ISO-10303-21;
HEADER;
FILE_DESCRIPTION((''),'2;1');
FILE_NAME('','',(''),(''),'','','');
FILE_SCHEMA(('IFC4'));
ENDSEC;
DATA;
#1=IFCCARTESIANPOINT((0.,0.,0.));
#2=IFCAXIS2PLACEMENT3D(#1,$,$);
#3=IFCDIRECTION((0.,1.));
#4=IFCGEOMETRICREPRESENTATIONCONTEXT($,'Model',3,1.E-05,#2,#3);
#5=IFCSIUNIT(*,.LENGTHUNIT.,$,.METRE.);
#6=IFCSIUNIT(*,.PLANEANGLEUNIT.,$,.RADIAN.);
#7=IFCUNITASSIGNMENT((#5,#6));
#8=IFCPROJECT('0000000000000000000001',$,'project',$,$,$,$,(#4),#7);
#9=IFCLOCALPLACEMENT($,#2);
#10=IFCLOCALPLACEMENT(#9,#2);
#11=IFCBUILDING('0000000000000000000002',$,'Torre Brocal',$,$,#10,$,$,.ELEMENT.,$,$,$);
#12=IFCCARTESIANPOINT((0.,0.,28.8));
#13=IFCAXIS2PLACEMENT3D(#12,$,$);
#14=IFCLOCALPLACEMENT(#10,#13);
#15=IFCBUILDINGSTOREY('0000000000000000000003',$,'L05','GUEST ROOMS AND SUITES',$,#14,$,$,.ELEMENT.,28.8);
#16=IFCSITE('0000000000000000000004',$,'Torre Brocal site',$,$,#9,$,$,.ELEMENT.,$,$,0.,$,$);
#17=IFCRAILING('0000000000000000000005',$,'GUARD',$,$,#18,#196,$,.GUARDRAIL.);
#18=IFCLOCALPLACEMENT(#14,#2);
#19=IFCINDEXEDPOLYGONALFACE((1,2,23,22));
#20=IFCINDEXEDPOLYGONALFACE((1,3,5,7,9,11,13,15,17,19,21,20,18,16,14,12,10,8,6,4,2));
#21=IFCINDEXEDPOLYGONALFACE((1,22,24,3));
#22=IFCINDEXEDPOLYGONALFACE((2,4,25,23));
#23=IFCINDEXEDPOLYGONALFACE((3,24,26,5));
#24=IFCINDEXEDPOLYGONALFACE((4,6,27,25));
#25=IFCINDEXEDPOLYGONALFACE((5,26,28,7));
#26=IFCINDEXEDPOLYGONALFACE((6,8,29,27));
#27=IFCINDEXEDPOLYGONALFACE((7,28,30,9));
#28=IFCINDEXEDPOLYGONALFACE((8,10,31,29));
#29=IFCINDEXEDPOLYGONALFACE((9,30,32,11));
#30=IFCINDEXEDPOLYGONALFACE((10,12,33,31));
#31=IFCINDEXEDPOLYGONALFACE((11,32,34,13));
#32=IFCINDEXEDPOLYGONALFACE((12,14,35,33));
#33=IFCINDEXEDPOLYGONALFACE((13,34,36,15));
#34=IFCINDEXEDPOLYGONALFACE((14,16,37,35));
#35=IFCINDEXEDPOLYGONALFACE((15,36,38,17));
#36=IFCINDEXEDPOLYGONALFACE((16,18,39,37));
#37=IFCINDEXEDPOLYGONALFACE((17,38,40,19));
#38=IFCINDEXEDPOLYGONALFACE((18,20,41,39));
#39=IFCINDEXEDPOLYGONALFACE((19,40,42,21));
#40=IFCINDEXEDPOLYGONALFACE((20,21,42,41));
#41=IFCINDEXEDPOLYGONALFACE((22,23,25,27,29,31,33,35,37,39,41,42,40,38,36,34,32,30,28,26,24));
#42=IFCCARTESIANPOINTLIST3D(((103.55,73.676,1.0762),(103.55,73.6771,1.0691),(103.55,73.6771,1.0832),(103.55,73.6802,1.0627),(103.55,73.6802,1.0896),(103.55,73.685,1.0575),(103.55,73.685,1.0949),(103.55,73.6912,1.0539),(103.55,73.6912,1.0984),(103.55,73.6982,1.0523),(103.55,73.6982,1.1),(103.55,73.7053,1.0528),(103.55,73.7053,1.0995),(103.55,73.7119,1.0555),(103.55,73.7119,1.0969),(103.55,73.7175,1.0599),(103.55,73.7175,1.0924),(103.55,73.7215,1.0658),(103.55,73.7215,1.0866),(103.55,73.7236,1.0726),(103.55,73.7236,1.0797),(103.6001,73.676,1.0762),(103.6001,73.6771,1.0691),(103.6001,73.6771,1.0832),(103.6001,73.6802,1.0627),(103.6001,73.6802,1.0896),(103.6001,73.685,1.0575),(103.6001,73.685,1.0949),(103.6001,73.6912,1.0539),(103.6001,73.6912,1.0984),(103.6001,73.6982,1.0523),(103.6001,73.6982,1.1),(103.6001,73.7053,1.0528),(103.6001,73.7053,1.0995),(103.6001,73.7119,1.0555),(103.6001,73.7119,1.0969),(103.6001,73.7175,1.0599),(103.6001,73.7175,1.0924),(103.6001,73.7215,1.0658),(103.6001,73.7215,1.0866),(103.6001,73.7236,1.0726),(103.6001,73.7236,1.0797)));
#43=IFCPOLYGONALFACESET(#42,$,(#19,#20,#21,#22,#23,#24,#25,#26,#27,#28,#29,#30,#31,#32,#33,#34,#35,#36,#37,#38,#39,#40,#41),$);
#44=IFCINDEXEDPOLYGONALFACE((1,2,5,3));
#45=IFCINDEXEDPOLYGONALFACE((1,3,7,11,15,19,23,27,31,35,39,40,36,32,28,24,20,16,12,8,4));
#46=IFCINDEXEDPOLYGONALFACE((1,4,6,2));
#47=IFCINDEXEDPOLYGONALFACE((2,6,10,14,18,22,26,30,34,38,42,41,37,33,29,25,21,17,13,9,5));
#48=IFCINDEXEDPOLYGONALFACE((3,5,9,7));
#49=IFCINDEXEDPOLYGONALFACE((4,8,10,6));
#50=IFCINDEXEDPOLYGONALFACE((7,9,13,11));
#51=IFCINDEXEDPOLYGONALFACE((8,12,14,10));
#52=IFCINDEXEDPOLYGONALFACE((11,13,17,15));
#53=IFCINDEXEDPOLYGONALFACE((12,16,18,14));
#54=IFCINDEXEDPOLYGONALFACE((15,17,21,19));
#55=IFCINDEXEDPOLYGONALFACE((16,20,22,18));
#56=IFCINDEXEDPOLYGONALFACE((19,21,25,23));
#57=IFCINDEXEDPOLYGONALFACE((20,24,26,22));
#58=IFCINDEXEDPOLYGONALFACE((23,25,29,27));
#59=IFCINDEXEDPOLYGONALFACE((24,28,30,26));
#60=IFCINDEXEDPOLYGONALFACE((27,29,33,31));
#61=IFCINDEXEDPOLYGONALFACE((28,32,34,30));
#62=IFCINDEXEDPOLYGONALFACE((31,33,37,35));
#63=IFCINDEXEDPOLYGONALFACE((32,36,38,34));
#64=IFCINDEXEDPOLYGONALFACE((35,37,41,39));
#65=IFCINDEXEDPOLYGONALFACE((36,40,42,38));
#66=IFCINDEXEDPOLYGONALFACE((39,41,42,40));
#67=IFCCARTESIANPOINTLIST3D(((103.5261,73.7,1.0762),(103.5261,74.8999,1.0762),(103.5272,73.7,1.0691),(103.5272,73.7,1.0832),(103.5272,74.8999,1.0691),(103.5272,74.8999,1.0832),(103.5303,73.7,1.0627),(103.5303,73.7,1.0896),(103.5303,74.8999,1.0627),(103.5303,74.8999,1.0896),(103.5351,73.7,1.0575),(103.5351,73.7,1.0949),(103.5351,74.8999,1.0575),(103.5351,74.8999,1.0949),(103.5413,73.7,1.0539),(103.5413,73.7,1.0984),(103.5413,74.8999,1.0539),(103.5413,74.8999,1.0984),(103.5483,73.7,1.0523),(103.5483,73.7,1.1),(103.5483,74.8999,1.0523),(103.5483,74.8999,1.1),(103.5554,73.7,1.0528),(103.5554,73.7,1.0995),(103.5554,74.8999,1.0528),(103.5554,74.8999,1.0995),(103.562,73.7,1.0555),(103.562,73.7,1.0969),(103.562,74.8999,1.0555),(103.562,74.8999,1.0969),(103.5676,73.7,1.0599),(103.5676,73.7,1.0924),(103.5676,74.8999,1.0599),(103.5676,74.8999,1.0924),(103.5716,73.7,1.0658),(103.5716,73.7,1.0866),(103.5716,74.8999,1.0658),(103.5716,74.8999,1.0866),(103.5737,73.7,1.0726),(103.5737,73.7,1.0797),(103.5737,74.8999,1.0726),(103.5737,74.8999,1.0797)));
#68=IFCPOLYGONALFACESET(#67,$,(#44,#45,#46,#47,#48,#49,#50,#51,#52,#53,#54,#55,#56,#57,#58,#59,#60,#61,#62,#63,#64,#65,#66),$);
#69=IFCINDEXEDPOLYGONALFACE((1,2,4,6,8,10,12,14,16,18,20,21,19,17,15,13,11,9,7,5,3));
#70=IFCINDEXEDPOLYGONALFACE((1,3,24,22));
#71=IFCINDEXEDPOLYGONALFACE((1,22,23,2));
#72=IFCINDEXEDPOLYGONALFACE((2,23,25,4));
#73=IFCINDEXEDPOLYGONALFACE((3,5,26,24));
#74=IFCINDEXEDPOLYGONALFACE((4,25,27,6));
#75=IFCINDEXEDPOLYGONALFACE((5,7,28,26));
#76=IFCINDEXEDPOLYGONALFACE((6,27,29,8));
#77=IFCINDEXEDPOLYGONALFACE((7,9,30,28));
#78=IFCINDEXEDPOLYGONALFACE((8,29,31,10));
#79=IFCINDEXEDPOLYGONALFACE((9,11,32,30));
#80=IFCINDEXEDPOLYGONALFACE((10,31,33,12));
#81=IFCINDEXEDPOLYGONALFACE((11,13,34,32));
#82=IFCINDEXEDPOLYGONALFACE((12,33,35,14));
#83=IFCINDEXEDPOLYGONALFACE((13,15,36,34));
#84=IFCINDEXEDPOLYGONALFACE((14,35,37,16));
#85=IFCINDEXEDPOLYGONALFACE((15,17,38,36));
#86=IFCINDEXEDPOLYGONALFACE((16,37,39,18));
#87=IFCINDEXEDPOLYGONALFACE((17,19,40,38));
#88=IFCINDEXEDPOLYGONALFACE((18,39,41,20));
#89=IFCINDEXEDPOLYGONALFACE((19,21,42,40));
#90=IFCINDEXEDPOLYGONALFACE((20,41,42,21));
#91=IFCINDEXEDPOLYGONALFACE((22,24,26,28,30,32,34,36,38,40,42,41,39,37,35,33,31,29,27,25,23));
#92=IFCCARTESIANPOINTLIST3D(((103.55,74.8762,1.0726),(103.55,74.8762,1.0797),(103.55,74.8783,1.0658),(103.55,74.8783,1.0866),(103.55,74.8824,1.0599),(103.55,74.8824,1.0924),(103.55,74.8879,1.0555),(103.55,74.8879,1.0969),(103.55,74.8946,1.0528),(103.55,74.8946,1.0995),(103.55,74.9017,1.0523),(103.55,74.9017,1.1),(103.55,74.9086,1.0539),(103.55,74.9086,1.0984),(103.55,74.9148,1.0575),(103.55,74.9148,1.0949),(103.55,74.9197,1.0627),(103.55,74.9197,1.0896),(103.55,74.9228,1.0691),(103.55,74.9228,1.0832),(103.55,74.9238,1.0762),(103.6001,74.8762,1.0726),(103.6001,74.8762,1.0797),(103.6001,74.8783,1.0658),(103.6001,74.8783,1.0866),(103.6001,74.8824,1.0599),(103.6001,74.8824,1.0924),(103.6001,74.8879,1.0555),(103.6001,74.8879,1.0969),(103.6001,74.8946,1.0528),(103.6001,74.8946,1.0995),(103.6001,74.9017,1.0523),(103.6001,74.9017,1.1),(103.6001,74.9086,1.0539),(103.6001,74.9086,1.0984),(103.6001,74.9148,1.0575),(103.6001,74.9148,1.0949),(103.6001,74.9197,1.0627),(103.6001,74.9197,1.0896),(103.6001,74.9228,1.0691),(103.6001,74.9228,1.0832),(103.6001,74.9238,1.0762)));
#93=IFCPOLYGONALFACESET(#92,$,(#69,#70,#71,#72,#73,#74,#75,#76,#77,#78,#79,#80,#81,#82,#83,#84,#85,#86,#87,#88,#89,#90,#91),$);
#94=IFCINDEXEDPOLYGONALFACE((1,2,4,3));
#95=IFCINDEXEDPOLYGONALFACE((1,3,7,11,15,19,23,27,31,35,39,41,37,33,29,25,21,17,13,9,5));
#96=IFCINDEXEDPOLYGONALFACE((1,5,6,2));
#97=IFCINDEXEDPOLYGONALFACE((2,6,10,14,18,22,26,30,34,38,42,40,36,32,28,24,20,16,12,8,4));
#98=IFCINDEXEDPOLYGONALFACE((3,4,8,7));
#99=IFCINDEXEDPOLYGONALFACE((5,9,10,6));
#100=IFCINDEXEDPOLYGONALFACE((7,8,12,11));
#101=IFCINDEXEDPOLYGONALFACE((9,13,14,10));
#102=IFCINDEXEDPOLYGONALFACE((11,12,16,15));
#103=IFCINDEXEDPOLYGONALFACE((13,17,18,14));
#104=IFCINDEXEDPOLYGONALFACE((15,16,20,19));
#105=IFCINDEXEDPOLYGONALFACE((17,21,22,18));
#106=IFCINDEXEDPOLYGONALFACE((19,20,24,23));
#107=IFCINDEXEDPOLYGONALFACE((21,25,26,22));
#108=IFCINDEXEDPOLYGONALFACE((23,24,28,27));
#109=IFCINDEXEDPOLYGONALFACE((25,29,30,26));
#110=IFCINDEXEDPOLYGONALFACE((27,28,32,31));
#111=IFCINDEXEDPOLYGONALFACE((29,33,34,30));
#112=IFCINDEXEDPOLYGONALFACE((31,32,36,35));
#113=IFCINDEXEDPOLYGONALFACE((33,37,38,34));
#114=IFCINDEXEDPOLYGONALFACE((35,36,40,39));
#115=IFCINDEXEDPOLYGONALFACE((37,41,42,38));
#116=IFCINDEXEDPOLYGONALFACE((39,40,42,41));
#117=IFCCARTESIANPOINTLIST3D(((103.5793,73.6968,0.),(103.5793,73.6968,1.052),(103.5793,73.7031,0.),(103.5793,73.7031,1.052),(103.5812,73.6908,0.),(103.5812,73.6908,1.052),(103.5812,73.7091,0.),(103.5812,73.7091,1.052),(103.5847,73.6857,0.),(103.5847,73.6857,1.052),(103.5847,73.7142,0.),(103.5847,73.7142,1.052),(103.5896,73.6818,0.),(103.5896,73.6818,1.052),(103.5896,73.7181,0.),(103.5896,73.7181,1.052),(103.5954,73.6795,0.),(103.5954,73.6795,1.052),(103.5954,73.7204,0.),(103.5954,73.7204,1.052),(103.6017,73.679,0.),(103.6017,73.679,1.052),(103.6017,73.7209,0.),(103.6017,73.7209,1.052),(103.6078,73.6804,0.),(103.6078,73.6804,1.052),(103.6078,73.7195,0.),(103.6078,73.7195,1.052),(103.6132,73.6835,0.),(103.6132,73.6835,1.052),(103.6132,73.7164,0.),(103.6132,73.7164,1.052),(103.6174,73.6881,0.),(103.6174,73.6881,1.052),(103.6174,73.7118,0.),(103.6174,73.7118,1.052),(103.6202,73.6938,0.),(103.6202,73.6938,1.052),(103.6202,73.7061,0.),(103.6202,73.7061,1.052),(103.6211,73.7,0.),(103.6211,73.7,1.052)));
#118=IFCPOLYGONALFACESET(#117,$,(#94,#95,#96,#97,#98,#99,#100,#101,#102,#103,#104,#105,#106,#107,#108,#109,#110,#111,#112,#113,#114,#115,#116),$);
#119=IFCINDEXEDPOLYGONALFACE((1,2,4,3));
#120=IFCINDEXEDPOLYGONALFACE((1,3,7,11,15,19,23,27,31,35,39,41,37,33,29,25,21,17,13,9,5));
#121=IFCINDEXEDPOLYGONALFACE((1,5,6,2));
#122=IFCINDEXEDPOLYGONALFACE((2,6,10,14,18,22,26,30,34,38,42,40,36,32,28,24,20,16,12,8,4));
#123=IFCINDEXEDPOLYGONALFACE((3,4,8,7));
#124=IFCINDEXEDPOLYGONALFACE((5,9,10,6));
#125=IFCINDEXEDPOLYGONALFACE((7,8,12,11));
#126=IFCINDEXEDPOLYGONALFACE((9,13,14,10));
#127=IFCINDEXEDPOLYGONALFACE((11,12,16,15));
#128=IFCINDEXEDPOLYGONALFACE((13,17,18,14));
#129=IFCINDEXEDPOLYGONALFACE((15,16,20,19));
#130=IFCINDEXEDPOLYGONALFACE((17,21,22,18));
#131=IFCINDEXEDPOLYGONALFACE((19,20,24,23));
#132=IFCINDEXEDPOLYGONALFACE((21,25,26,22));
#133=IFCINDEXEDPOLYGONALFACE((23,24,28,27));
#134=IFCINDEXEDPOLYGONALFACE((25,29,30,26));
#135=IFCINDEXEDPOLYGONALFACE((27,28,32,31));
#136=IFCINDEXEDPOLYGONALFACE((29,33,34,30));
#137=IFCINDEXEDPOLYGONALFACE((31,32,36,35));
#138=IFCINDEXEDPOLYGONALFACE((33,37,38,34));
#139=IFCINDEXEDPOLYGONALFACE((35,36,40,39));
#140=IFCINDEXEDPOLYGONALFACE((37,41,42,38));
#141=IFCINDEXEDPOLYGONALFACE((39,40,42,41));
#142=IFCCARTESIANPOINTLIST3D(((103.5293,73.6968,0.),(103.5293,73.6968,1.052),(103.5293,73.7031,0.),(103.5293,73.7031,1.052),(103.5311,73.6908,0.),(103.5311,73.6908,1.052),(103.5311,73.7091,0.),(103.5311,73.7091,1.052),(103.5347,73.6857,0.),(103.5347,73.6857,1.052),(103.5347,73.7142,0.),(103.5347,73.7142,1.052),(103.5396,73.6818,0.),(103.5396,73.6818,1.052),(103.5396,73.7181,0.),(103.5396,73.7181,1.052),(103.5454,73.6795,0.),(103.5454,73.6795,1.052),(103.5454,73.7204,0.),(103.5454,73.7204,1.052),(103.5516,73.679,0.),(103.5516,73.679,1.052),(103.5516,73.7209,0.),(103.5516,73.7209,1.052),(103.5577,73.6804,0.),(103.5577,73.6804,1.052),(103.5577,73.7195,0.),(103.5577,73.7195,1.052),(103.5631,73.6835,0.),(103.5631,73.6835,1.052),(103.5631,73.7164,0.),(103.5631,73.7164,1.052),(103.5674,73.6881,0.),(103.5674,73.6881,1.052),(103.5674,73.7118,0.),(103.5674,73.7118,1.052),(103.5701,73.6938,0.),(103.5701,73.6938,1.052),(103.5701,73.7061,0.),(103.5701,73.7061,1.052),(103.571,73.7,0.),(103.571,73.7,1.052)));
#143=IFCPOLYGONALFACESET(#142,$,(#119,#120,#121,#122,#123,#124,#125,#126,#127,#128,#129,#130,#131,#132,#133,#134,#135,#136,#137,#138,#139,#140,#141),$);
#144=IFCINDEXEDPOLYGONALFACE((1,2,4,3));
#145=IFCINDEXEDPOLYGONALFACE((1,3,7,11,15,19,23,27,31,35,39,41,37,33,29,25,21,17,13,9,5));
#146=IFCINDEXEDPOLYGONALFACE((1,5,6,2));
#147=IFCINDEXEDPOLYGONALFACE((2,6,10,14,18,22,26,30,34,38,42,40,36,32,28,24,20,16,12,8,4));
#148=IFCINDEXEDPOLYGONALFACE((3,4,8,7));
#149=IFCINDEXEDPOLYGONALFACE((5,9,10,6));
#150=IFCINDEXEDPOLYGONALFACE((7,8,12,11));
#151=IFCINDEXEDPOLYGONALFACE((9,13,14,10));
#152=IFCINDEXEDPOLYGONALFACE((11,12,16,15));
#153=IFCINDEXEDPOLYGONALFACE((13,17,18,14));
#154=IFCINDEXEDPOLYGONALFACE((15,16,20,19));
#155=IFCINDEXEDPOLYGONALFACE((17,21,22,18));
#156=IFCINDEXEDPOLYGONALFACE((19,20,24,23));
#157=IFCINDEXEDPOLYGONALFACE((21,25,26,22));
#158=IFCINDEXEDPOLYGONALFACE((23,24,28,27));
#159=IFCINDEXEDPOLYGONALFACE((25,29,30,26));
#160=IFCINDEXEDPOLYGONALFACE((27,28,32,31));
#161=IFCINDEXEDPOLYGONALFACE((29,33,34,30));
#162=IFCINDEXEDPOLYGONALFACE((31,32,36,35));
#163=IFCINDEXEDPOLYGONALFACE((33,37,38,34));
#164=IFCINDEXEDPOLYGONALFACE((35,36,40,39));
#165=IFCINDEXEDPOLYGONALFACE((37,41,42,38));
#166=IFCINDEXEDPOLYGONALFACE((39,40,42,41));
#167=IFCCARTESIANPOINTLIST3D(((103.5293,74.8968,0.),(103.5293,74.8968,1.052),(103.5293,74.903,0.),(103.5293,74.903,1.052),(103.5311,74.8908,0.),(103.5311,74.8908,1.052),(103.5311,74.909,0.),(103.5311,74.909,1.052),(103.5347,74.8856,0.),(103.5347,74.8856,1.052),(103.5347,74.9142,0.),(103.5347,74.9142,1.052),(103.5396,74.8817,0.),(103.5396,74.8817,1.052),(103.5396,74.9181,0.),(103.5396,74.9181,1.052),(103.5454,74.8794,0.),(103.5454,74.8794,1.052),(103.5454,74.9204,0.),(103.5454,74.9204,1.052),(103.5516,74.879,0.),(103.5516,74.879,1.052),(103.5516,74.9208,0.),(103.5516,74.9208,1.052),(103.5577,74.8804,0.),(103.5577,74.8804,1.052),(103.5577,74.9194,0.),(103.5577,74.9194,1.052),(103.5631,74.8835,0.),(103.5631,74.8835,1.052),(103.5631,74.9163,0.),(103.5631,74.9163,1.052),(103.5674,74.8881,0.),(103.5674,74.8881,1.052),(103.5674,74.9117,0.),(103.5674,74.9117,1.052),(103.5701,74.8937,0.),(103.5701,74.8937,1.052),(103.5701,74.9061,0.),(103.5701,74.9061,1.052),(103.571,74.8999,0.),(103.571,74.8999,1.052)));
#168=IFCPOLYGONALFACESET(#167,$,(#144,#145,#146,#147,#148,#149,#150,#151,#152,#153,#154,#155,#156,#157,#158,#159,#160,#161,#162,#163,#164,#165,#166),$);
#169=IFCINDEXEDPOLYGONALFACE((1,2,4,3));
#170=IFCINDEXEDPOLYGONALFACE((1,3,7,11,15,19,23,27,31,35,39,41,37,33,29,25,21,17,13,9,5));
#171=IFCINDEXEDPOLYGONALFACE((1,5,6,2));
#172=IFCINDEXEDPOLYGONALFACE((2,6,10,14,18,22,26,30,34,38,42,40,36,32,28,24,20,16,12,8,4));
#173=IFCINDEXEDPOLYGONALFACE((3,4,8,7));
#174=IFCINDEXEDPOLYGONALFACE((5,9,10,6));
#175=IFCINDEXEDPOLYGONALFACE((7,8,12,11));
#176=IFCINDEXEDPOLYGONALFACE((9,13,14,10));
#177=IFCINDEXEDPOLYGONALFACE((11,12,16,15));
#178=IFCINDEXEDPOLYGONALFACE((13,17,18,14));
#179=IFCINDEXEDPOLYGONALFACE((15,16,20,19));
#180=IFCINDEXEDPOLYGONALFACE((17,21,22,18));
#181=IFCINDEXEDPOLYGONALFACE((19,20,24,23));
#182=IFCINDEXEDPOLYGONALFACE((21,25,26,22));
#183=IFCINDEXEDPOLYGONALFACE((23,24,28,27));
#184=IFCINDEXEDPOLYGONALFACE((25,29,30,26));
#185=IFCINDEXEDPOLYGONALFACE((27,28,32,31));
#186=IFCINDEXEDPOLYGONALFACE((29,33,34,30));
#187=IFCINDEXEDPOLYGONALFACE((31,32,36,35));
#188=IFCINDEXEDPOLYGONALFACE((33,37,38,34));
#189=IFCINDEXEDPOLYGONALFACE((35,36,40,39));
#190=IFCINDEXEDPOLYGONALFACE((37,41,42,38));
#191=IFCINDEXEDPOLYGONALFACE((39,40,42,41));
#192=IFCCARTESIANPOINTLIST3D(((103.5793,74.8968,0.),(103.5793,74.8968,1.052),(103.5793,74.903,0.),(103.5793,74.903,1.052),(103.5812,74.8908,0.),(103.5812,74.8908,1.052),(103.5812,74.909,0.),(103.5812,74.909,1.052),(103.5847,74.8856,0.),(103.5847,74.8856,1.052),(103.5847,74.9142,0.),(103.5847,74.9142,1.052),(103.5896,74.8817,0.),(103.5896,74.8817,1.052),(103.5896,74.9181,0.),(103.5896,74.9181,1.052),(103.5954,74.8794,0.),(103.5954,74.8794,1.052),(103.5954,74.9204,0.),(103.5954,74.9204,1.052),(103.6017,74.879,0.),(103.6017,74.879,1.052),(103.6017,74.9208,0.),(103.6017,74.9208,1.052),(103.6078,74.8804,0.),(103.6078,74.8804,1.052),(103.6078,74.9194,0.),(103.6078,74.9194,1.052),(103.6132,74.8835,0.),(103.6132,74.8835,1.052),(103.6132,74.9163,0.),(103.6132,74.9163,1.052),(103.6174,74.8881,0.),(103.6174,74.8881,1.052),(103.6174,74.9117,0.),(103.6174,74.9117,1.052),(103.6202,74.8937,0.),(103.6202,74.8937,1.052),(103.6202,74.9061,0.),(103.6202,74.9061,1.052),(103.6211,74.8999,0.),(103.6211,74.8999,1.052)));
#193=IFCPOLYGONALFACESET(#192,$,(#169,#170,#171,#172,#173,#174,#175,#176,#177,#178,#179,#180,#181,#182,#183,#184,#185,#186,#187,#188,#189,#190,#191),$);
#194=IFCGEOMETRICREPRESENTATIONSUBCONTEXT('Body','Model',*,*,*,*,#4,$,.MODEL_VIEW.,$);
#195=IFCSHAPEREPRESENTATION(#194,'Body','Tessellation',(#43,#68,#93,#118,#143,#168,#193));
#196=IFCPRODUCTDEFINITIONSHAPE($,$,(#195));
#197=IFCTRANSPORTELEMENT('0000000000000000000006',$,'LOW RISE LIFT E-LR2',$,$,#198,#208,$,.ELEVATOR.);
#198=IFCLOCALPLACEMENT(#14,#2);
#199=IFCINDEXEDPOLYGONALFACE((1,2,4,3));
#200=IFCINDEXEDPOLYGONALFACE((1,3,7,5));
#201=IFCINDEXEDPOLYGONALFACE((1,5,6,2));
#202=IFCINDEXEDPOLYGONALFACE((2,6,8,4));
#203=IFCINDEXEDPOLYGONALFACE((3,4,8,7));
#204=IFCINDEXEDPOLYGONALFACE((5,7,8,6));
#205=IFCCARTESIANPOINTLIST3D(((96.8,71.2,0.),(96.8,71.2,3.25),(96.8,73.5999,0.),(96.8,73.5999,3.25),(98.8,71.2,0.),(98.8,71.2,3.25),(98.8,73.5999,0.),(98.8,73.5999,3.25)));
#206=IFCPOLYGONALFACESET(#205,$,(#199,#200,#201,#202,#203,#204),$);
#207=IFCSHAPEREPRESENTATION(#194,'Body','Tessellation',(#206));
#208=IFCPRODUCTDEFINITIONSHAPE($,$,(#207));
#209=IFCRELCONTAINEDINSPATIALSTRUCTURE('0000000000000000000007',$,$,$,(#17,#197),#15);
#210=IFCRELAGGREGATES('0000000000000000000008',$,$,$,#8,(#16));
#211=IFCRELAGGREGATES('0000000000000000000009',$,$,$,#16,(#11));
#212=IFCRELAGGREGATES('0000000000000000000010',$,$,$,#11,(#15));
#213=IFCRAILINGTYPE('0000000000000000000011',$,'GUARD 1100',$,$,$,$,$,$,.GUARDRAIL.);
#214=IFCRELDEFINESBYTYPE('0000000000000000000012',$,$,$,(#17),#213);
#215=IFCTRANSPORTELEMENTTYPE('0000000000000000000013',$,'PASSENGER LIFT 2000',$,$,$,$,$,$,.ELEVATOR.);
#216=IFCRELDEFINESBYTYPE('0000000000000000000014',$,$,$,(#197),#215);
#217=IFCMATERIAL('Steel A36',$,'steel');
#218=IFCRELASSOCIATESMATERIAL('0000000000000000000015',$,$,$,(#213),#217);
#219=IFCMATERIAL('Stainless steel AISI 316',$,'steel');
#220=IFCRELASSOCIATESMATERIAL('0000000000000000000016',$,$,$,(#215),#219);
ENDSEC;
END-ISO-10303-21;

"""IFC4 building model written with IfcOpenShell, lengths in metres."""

from ifc_helpers import new_model, si_unit, direction, frame, origin, origin_2d, place, context, subcontext, project, spatial, rectangle, circle, extrude, material, type_object, element, save


model = new_model("IFC4")

# Units and contexts
model_context = context("Model", 3, precision=1e-05, world=origin(), true_north=direction((0.0, 1.0)))
body_context = subcontext(model_context, "Body", "Model", "MODEL_VIEW")
ifc_project = project(units=[si_unit("LENGTHUNIT", "METRE"), si_unit("PLANEANGLEUNIT", "RADIAN")], contexts=[model_context])

# Site, building, storey
site_placement = place(None, origin())
site = spatial("IfcSite", under=ifc_project, at=site_placement, Name="Torre Brocal site", CompositionType="ELEMENT", RefElevation=0.0)
building_placement = place(site_placement, origin())
building = spatial("IfcBuilding", under=site, at=building_placement, Name="Torre Brocal", CompositionType="ELEMENT")
storey_placement = place(building_placement, frame((0.0, 0.0, 28.8)))
storey = spatial("IfcBuildingStorey", under=building, at=storey_placement, Name="L05", Description="GUEST ROOMS AND SUITES", CompositionType="ELEMENT", Elevation=28.8)

# Railing
ifc_material_1 = material(Name="Steel A36", Category="steel")
railing_type = type_object("IfcRailingType", Name="GUARD 1100", PredefinedType="GUARDRAIL", material=ifc_material_1)
railing_placement = place(storey_placement, frame((103.6001, 73.7, 0.0)))
element("IfcRailing", 1, at=railing_placement, inside=storey, type_object=railing_type, Name="GUARD", PredefinedType="GUARDRAIL", context=body_context, shape_type="SweptSolid", body=[
    extrude(circle(Radius=0.0239, at=origin_2d()), frame((0.0, 0.0, 1.0762), z_axis=(-1.0, 0.0, 0.0), x_axis=(0.0, -1.0, 0.0)), (0.0, 0.0, 1.0), 0.05),
    extrude(circle(Radius=0.0239, at=origin_2d()), frame((-0.05, 0.0, 1.0762), z_axis=(0.0, 1.0, 0.0), x_axis=(-1.0, 0.0, 0.0)), (0.0, 0.0, 1.0), 1.2),
    extrude(circle(Radius=0.0239, at=origin_2d()), frame((-0.05, 1.2, 1.0762), z_axis=(1.0, 0.0, 0.0), x_axis=(0.0, 1.0, 0.0)), (0.0, 0.0, 1.0), 0.05),
    extrude(circle(Radius=0.021, at=origin_2d()), origin(), (0.0, 0.0, 1.0), 1.052),
    extrude(circle(Radius=0.021, at=origin_2d()), frame((-0.05, 0.0, 0.0)), (0.0, 0.0, 1.0), 1.052),
    extrude(circle(Radius=0.021, at=origin_2d()), frame((-0.05, 1.2, 0.0)), (0.0, 0.0, 1.0), 1.052),
    extrude(circle(Radius=0.021, at=origin_2d()), frame((0.0, 1.2, 0.0)), (0.0, 0.0, 1.0), 1.052),
])

# Transport element
ifc_material_2 = material(Name="Stainless steel AISI 316", Category="steel")
transport_element_type_1 = type_object("IfcTransportElementType", Name="PASSENGER LIFT 2000", PredefinedType="ELEVATOR", material=ifc_material_2)
transport_element_placement = place(storey_placement, frame((97.8, 72.3999, 0.0), z_axis=(0.0, 0.0, 1.0), x_axis=(1.0, 0.0, 0.0)))
element("IfcTransportElement", 2, at=transport_element_placement, inside=storey, type_object=transport_element_type_1, Name="LOW RISE LIFT E-LR2", PredefinedType="ELEVATOR", context=body_context, shape_type="SweptSolid", body=[
    extrude(rectangle(XDim=2.0, YDim=2.3999, at=origin_2d()), origin(), (0.0, 0.0, 1.0), 3.25),
])

save(model, "model.ifc")
